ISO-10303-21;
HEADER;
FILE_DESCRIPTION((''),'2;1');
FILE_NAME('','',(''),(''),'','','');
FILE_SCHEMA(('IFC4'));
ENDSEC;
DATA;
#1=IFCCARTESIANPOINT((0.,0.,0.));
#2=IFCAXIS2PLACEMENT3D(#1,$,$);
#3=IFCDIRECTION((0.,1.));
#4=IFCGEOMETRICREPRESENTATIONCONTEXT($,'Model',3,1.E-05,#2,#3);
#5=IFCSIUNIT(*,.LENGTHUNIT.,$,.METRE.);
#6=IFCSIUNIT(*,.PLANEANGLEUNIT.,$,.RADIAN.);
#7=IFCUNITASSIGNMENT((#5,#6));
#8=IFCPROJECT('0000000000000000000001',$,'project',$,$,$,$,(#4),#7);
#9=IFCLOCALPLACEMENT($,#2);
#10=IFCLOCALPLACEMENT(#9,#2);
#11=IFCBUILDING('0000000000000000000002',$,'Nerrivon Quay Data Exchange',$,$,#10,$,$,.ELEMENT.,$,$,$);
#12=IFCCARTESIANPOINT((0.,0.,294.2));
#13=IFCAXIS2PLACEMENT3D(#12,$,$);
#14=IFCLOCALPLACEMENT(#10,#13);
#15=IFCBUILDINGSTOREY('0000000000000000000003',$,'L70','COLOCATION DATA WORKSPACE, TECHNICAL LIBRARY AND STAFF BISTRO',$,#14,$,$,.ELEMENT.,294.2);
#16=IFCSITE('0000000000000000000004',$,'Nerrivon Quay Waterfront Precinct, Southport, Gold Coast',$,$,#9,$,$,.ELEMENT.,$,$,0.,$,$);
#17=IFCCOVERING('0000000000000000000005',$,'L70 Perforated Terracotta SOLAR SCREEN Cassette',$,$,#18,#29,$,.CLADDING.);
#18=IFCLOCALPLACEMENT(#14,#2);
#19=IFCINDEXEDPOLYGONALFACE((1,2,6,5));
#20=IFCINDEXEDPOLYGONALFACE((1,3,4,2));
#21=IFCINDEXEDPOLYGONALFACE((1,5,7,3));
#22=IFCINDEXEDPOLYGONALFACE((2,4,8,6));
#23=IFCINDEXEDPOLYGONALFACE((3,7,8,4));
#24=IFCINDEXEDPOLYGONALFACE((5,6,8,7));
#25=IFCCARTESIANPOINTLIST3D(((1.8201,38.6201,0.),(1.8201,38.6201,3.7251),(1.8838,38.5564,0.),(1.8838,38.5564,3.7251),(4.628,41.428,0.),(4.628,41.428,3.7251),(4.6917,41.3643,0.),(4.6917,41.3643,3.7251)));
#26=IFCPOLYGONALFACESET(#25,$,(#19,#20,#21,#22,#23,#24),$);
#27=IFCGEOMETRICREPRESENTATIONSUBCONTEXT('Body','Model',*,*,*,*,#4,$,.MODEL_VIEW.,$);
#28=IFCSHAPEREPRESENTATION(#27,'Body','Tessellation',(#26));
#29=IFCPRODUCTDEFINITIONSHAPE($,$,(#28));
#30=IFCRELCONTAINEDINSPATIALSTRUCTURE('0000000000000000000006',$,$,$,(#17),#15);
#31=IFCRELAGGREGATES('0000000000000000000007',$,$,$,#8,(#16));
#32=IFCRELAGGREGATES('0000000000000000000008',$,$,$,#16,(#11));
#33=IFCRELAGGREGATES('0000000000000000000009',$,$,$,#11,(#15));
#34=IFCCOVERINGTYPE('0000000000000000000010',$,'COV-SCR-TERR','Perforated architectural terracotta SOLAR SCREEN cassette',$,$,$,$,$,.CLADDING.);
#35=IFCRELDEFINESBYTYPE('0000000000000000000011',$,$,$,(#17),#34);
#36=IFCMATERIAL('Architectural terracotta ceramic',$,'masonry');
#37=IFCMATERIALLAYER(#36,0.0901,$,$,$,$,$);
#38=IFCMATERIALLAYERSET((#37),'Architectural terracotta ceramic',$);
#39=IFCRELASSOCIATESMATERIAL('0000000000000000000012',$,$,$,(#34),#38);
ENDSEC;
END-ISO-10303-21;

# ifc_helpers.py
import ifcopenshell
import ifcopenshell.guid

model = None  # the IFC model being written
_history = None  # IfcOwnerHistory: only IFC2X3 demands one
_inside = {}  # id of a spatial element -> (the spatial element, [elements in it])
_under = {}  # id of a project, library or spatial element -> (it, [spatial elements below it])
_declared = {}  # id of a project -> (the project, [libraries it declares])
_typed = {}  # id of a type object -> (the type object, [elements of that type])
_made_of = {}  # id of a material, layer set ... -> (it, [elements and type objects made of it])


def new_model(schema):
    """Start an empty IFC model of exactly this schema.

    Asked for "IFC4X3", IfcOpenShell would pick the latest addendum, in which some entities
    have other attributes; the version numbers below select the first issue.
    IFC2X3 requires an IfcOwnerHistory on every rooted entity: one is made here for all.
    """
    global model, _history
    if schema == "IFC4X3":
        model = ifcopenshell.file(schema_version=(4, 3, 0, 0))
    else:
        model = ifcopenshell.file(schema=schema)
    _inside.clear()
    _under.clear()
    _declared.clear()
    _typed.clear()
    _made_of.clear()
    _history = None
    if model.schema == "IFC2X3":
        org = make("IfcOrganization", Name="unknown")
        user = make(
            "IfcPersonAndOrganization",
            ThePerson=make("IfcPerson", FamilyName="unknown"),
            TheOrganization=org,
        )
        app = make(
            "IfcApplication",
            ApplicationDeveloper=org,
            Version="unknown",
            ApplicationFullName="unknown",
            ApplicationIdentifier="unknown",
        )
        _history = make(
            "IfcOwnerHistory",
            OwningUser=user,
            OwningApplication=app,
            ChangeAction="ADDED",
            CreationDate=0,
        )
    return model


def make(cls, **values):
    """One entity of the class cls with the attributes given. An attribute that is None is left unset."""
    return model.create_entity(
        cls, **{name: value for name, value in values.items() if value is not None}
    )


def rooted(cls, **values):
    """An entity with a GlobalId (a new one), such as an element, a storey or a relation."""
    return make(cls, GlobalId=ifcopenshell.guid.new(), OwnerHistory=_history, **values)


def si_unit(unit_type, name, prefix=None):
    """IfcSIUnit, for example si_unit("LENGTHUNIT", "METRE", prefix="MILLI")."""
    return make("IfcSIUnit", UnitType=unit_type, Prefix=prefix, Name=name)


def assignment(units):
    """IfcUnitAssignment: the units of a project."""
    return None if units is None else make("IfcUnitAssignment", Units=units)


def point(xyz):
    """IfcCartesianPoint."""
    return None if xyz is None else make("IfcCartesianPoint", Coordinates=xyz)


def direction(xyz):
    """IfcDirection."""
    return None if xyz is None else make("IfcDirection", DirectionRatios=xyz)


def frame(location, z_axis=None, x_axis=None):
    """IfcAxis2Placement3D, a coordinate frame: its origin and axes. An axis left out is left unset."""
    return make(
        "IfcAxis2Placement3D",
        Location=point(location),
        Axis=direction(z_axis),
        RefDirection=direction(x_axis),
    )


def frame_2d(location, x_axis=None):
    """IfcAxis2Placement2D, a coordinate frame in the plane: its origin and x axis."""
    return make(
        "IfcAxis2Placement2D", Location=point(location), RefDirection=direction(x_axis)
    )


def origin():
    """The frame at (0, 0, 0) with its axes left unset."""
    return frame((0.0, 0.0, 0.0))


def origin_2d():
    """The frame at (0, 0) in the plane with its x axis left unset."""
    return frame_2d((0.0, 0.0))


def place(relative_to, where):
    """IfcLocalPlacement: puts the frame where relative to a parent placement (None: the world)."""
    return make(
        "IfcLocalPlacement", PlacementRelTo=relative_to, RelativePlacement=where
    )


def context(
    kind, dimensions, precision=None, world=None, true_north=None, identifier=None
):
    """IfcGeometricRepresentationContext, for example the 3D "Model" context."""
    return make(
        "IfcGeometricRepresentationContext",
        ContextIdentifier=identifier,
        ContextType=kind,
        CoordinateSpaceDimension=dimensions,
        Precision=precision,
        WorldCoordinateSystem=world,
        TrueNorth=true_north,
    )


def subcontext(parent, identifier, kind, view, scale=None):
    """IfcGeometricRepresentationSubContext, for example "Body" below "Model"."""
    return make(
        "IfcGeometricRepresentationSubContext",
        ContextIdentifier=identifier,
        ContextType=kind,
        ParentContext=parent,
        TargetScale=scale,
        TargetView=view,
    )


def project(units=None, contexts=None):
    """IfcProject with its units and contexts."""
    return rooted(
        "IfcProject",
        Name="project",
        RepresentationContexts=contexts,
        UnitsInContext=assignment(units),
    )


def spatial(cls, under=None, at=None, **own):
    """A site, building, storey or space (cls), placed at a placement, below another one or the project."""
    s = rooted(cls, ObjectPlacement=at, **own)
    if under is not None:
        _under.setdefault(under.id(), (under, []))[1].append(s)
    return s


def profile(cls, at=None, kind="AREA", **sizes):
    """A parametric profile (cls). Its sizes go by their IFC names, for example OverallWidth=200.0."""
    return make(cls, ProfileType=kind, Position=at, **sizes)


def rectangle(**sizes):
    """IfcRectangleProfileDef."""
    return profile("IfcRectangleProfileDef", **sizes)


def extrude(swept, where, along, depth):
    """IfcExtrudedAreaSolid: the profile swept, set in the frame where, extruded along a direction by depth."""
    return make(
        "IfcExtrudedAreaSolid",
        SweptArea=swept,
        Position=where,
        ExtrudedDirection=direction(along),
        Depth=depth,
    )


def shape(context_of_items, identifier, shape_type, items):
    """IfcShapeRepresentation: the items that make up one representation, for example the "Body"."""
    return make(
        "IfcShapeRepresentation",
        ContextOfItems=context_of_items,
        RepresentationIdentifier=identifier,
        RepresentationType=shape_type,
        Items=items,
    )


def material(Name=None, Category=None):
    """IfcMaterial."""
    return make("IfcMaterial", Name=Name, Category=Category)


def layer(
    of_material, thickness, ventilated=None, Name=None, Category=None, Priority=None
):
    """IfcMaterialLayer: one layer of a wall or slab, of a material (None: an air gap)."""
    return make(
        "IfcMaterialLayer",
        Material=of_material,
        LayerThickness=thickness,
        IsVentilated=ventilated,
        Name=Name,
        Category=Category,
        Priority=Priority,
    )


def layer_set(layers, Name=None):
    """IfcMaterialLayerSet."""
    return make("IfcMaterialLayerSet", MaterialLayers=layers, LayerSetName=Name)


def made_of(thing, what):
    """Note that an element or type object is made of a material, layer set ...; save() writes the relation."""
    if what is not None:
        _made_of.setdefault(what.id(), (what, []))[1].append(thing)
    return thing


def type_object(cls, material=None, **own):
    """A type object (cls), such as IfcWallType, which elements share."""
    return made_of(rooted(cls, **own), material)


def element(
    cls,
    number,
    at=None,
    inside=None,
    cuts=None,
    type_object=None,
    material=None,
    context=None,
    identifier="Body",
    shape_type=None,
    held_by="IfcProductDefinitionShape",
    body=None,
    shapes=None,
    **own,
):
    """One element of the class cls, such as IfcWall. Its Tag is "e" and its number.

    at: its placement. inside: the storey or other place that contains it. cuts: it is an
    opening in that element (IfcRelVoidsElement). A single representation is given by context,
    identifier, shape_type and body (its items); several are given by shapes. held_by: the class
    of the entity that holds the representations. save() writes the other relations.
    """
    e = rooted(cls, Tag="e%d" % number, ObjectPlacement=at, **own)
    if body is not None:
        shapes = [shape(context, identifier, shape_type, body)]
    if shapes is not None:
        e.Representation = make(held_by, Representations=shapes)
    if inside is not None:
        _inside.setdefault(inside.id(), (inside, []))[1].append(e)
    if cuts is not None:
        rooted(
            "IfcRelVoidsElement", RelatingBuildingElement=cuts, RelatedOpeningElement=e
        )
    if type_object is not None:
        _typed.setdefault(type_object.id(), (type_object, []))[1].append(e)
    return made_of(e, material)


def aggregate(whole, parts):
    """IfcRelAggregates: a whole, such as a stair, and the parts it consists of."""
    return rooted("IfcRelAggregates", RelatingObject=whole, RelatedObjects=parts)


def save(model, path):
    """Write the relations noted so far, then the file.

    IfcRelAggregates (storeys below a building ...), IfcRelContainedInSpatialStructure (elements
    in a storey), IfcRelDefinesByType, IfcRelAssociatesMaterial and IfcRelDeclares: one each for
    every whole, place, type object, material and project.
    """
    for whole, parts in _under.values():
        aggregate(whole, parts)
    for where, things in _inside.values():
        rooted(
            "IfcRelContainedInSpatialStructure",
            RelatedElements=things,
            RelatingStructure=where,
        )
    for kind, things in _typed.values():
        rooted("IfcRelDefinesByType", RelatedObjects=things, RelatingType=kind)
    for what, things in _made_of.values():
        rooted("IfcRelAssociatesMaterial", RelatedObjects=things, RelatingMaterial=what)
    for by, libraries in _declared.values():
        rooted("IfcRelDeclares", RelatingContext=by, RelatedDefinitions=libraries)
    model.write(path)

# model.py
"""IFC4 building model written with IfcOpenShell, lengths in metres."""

from ifc_helpers import new_model, si_unit, direction, frame, origin, origin_2d, place, context, subcontext, project, spatial, rectangle, extrude, material, layer, layer_set, type_object, element, save


model = new_model("IFC4")

# Units and contexts
model_context = context("Model", 3, precision=1e-05, world=origin(), true_north=direction((0.0, 1.0)))
body_context = subcontext(model_context, "Body", "Model", "MODEL_VIEW")
ifc_project = project(units=[si_unit("LENGTHUNIT", "METRE"), si_unit("PLANEANGLEUNIT", "RADIAN")], contexts=[model_context])

# Site, building, storey
site_placement = place(None, origin())
site = spatial("IfcSite", under=ifc_project, at=site_placement, Name="Nerrivon Quay Waterfront Precinct, Southport, Gold Coast", CompositionType="ELEMENT", RefElevation=0.0)
building_placement = place(site_placement, origin())
building = spatial("IfcBuilding", under=site, at=building_placement, Name="Nerrivon Quay Data Exchange", CompositionType="ELEMENT")
storey_placement = place(building_placement, frame((0.0, 0.0, 294.2)))
storey = spatial("IfcBuildingStorey", under=building, at=storey_placement, Name="L70", Description="COLOCATION DATA WORKSPACE, TECHNICAL LIBRARY AND STAFF BISTRO", CompositionType="ELEMENT", Elevation=294.2)

# Covering
ifc_material_1 = material(Name="Architectural terracotta ceramic", Category="masonry")
ifc_layer_1 = layer(ifc_material_1, 0.0901)
ifc_layer_set_1 = layer_set([ifc_layer_1], Name="Architectural terracotta ceramic")
covering_type = type_object("IfcCoveringType", Name="COV-SCR-TERR", Description="Perforated architectural terracotta SOLAR SCREEN cassette", PredefinedType="CLADDING", material=ifc_layer_set_1)
covering_placement = place(storey_placement, frame((3.2559, 39.9922, 0.0), z_axis=(0.0, 0.0, 1.0), x_axis=(0.707107, 0.707107, 0.0)))
element("IfcCovering", 1, at=covering_placement, inside=storey, type_object=covering_type, Name="L70 Perforated Terracotta SOLAR SCREEN Cassette", PredefinedType="CLADDING", context=body_context, shape_type="SweptSolid", body=[
    extrude(rectangle(XDim=3.9709, YDim=0.0901, at=origin_2d()), origin(), (0.0, 0.0, 1.0), 3.7251),
])

save(model, "model.ifc")
